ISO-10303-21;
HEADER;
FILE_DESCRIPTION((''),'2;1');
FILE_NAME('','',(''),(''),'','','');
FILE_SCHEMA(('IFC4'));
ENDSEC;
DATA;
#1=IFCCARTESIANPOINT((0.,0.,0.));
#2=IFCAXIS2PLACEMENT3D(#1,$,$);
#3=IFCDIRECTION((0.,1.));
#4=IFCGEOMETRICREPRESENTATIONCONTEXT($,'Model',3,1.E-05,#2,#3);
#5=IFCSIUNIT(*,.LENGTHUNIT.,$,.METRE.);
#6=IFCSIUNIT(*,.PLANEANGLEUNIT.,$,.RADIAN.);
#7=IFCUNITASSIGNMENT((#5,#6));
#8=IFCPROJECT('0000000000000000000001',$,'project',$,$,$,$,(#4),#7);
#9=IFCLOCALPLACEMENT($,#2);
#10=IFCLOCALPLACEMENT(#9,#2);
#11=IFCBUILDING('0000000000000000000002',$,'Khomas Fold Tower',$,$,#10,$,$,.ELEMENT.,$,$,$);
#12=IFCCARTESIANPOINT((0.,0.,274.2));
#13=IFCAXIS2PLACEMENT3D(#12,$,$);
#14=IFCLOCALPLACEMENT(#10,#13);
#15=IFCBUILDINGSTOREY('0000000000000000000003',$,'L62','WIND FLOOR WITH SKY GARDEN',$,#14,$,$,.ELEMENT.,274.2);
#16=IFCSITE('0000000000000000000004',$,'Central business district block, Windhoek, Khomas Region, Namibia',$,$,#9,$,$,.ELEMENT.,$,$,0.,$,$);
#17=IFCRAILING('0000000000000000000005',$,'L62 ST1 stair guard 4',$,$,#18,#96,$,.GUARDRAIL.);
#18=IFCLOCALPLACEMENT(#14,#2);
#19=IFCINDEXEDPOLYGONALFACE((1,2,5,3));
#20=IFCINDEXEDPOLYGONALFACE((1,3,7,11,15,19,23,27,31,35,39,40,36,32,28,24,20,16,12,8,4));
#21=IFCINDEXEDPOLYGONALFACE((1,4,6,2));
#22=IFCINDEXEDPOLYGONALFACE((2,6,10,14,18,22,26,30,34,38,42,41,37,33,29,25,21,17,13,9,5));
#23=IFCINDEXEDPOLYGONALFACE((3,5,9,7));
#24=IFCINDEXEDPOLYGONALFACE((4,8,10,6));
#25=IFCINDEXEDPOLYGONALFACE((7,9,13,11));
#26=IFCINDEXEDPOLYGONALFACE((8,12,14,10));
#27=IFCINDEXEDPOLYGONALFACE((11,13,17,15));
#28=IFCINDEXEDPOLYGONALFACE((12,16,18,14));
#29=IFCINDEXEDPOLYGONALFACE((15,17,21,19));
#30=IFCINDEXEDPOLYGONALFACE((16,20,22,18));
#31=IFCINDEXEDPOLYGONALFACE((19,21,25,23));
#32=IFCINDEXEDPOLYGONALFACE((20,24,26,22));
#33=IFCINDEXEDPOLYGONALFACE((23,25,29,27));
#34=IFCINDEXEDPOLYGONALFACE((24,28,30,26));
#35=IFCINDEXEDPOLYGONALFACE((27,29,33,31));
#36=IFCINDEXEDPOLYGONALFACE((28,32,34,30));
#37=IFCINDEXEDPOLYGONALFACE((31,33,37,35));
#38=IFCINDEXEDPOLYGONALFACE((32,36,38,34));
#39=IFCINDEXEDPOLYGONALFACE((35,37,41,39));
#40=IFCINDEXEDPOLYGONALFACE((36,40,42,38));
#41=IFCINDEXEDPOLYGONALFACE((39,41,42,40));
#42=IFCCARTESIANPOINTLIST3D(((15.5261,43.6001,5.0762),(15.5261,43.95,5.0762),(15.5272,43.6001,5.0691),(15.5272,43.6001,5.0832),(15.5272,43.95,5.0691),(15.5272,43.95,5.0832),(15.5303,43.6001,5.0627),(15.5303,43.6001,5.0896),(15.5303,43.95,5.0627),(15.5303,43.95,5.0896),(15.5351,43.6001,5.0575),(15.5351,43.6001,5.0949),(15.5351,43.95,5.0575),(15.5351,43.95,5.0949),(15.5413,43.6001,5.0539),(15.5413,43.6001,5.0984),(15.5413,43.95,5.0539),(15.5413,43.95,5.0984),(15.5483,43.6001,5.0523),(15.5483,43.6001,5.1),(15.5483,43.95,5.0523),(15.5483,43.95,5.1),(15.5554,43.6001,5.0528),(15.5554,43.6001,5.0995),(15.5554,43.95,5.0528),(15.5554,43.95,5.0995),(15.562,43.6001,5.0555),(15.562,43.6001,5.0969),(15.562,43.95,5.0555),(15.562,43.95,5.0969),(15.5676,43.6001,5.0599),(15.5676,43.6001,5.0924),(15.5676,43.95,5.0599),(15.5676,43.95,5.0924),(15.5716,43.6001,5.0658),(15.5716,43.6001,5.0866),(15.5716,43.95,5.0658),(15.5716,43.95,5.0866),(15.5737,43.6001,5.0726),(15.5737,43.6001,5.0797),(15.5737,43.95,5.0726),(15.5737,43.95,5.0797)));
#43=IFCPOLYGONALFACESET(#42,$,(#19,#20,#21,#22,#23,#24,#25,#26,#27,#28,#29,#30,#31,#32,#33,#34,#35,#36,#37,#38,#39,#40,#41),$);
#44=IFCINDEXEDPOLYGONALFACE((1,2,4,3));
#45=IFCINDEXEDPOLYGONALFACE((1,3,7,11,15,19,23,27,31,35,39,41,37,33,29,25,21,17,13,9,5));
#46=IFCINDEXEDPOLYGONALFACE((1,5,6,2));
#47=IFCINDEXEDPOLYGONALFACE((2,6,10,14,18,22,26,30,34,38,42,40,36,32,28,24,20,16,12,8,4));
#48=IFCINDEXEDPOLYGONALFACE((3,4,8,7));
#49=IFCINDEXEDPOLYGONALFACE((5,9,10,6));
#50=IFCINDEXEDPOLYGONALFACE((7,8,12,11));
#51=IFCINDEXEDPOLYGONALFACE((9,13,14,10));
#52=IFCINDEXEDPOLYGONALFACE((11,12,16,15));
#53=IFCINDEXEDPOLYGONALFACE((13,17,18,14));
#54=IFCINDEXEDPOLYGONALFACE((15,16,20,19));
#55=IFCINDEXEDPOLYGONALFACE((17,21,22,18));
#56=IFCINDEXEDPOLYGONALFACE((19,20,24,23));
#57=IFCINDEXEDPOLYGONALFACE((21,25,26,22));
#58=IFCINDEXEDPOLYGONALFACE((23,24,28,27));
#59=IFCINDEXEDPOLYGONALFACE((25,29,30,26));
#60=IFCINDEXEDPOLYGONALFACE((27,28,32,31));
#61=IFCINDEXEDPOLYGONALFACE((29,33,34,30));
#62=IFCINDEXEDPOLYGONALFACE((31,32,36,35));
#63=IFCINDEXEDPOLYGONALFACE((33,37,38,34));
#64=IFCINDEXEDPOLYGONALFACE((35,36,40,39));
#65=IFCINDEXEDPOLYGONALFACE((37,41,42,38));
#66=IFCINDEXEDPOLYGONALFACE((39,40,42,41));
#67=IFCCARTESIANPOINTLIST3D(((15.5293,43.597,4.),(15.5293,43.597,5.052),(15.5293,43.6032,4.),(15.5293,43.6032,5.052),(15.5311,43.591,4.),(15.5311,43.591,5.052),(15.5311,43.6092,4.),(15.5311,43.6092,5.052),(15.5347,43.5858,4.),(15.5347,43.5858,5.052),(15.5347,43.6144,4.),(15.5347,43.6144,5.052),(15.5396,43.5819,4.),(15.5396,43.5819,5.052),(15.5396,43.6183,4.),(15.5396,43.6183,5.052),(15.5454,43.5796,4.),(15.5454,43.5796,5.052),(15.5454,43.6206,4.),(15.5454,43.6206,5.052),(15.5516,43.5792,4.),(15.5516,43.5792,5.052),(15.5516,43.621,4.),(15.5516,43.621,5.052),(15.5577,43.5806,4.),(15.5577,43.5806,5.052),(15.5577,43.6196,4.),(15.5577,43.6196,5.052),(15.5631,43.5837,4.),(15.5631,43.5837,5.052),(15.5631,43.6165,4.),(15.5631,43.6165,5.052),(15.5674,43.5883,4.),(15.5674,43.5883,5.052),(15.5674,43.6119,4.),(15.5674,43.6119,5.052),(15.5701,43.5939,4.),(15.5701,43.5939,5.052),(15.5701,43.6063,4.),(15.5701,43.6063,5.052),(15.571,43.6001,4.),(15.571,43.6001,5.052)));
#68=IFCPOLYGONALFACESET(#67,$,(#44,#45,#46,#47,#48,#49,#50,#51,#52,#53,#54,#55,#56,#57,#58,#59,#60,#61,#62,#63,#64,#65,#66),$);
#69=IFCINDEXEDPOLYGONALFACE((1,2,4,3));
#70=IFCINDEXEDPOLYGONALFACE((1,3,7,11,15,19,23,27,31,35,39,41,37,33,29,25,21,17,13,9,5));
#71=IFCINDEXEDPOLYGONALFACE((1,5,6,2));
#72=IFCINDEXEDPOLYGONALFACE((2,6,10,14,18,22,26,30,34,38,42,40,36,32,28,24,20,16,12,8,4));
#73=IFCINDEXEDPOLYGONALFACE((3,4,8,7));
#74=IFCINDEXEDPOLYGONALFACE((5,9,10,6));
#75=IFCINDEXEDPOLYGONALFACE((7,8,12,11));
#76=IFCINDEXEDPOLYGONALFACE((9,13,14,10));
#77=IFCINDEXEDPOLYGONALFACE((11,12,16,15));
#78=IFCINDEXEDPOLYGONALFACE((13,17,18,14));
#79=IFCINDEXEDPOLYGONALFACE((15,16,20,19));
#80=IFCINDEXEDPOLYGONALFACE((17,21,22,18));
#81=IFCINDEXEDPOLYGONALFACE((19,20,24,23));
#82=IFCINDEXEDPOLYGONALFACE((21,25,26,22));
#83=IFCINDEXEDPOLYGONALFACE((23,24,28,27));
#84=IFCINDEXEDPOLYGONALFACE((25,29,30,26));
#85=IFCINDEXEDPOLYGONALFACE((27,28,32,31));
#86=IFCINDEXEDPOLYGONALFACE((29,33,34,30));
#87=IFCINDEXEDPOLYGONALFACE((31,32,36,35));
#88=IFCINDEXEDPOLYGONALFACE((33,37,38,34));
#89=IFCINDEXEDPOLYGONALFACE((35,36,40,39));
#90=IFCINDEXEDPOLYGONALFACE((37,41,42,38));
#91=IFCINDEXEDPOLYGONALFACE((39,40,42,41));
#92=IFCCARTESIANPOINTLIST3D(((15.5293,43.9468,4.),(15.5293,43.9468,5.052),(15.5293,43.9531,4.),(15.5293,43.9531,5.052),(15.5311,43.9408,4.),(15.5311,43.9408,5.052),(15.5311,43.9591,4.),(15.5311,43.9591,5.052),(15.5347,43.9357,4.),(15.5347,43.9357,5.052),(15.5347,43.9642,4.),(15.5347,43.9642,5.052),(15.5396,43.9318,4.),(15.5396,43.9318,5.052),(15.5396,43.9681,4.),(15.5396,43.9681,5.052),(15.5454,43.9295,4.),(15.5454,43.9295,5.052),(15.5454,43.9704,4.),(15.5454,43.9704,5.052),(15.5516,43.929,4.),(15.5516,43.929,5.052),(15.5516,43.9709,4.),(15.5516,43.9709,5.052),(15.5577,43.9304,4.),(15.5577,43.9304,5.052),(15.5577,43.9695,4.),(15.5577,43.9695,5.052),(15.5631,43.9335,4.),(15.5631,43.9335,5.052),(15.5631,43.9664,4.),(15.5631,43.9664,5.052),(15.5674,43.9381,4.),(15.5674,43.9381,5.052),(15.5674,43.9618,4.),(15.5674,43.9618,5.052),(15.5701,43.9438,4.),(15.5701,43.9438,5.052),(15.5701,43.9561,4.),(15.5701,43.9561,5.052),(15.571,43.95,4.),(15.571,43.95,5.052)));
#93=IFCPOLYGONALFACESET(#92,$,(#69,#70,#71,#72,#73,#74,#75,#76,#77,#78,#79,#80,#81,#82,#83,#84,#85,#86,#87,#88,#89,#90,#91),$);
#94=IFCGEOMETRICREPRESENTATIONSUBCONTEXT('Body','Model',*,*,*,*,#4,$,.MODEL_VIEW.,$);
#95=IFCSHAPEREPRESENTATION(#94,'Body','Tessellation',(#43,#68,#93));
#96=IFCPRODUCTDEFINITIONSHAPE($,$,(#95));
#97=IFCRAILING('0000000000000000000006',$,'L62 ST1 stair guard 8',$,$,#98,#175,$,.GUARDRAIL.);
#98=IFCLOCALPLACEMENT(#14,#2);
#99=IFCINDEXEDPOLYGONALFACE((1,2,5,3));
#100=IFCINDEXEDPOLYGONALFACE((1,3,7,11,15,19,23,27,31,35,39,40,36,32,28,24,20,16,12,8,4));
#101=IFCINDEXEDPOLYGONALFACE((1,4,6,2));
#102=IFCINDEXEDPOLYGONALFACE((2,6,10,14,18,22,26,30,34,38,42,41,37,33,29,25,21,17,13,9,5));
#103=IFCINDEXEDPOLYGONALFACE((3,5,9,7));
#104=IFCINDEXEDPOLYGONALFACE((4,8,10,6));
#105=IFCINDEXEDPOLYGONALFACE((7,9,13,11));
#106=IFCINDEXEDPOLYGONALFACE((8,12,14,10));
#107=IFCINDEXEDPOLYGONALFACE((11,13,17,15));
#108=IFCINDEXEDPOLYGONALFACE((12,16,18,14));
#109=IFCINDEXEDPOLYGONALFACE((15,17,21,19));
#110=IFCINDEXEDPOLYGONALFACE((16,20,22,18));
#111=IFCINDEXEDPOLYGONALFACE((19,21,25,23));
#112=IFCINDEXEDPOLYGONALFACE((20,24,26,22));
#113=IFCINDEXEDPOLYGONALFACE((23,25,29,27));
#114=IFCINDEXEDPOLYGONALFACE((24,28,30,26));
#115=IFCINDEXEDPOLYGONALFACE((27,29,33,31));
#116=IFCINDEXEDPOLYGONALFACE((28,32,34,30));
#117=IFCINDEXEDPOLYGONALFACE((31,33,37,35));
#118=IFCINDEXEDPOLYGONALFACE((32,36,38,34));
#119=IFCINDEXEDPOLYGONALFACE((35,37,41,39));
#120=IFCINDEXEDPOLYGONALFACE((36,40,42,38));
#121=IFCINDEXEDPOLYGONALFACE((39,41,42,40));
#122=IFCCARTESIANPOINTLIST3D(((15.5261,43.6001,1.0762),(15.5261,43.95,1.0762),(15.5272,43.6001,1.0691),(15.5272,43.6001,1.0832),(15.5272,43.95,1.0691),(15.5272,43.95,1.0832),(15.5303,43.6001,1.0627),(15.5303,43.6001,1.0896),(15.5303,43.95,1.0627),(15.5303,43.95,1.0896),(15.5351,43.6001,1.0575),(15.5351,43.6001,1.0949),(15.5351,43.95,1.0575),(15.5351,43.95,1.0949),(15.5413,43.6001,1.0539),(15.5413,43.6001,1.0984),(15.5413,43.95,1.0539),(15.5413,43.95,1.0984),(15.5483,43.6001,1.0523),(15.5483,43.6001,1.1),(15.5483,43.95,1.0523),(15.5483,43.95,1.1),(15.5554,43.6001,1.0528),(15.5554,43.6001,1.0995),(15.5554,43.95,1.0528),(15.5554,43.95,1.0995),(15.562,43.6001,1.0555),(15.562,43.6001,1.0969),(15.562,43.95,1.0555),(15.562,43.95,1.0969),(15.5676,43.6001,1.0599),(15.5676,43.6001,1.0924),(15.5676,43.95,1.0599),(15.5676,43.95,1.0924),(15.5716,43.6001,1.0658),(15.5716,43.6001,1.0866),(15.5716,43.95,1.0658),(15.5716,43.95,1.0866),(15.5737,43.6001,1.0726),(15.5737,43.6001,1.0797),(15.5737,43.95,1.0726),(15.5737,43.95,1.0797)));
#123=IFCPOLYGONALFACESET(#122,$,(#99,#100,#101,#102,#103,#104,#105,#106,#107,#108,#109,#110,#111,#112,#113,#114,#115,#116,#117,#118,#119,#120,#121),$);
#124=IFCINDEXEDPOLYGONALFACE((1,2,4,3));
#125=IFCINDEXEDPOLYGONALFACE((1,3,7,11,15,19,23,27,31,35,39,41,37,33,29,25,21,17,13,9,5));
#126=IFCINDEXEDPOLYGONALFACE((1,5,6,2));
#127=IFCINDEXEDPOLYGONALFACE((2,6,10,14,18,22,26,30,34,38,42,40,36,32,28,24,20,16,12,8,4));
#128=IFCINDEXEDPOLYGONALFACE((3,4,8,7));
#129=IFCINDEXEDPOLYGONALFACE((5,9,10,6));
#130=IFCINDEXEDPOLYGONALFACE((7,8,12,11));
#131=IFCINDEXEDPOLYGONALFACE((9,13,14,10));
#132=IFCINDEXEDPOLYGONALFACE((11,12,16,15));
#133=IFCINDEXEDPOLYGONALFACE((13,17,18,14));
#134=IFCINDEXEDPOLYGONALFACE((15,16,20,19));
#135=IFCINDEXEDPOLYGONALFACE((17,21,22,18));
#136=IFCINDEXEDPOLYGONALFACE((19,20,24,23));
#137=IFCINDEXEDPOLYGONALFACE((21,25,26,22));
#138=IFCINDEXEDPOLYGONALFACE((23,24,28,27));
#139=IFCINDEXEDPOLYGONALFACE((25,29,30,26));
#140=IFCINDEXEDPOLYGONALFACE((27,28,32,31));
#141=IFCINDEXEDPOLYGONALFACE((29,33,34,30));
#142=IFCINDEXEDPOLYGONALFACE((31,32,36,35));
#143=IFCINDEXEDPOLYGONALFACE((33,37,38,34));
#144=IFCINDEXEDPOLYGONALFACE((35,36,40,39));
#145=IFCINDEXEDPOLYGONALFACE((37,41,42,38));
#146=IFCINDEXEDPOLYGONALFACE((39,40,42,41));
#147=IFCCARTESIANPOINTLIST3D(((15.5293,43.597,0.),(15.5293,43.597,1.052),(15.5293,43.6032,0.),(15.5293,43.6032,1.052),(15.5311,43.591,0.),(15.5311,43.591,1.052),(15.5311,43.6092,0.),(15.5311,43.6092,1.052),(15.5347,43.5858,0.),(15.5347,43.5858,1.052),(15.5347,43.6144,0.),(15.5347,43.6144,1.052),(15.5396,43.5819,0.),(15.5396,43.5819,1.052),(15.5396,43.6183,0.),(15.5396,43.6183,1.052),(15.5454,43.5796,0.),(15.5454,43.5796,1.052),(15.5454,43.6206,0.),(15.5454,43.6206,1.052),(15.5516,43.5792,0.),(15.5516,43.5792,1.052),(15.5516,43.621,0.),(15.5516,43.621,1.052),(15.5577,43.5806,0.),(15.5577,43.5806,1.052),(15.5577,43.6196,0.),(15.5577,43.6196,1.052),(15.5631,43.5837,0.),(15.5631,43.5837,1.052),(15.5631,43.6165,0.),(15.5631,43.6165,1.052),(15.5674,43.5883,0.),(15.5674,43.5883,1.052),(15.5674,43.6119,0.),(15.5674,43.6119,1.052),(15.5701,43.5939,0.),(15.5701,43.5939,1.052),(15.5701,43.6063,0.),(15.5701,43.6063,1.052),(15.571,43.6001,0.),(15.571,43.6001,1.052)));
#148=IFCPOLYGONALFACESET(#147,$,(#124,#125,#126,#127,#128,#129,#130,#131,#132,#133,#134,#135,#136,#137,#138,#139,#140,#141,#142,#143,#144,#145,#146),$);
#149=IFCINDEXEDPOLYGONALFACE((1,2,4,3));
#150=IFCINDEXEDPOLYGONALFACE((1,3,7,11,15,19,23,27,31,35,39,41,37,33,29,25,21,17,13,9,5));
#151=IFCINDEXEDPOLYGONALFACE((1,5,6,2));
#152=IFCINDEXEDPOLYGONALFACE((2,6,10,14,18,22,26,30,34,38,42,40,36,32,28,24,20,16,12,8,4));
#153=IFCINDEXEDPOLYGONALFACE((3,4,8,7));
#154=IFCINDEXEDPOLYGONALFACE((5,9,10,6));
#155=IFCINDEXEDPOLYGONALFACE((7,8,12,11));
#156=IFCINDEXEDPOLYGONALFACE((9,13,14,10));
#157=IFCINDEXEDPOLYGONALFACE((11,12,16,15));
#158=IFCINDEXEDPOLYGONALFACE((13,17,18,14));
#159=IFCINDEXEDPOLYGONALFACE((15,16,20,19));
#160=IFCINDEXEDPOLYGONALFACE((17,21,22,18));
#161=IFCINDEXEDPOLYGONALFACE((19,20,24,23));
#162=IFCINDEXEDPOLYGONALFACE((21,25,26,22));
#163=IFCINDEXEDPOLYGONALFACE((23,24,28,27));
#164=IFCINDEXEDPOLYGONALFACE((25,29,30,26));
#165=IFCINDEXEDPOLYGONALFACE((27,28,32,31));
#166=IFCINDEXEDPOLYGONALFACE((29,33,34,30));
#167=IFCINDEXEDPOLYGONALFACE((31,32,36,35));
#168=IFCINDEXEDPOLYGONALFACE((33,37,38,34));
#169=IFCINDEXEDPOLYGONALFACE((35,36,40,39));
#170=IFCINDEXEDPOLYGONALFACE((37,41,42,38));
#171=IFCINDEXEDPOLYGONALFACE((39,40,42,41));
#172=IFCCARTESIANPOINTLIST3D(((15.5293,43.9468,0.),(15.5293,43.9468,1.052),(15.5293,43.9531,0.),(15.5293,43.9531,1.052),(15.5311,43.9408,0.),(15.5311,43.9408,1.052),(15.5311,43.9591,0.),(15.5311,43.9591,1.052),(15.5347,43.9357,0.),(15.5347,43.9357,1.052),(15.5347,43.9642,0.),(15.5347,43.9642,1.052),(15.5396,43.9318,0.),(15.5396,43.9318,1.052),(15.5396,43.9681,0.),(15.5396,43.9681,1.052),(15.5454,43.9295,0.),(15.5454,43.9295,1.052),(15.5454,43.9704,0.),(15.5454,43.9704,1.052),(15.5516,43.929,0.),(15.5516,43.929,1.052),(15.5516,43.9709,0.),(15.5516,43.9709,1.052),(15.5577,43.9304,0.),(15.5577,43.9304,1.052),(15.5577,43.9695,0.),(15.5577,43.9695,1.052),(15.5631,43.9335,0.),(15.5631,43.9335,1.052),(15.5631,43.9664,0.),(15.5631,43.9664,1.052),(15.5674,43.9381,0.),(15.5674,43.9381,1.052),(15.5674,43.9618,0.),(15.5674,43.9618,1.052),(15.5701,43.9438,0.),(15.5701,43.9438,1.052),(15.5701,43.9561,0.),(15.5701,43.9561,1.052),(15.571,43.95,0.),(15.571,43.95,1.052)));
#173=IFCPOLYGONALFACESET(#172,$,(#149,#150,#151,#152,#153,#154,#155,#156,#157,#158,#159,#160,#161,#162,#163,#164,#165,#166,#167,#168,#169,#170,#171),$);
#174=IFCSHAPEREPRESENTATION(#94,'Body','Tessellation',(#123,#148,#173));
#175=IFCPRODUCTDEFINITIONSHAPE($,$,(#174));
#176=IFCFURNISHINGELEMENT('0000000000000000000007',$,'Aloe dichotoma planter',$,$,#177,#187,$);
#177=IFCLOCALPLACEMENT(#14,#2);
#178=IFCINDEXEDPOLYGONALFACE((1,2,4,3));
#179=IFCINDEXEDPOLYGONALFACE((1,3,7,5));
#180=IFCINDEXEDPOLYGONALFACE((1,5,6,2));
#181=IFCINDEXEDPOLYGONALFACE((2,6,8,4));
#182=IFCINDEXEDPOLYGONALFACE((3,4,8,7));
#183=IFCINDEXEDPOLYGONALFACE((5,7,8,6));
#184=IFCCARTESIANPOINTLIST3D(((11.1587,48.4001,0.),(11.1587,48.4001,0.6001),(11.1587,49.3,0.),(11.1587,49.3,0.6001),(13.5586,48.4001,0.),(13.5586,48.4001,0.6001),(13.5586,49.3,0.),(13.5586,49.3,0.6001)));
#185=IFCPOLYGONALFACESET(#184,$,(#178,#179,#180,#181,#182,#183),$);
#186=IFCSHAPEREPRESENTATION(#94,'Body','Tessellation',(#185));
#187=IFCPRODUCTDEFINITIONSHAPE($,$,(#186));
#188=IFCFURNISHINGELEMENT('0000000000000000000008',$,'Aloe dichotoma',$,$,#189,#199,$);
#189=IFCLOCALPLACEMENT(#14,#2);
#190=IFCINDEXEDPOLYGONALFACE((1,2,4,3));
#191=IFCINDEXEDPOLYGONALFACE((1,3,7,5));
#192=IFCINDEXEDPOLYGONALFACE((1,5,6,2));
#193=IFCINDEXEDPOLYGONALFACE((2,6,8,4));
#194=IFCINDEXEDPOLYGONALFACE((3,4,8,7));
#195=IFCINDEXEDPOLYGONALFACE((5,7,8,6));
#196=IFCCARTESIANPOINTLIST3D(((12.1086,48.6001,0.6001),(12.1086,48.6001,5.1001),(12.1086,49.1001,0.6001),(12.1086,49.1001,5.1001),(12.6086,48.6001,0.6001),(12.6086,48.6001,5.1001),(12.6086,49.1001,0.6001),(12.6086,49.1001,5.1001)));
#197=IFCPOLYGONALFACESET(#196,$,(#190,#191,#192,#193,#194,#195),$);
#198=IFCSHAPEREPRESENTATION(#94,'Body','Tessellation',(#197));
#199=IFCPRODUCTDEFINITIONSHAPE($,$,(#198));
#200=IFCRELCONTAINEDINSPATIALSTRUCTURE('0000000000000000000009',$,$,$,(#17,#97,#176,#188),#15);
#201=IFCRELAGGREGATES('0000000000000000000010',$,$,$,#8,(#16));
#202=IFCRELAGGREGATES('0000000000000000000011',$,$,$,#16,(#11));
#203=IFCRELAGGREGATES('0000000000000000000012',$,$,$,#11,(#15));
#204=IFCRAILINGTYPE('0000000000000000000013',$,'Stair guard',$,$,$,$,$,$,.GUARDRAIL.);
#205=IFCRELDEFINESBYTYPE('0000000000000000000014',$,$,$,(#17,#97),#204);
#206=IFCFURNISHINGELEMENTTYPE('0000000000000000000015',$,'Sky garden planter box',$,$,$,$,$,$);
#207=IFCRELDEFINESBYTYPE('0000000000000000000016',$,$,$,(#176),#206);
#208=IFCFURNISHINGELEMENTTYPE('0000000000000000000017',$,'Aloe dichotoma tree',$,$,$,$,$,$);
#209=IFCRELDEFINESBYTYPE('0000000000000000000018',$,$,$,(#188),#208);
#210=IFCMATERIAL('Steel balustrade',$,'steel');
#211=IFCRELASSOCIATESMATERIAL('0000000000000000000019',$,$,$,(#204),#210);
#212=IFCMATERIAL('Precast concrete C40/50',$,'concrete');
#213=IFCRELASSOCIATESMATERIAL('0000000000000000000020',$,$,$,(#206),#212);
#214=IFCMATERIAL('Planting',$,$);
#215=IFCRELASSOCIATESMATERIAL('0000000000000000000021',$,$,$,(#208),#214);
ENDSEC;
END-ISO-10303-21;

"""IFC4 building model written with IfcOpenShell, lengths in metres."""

from ifc_helpers import new_model, si_unit, direction, frame, origin, origin_2d, place, context, subcontext, project, spatial, rectangle, circle, extrude, source, transform, mapped, material, type_object, element, save


model = new_model("IFC4")

# Units and contexts
model_context = context("Model", 3, precision=1e-05, world=origin(), true_north=direction((0.0, 1.0)))
body_context = subcontext(model_context, "Body", "Model", "MODEL_VIEW")
ifc_project = project(units=[si_unit("LENGTHUNIT", "METRE"), si_unit("PLANEANGLEUNIT", "RADIAN")], contexts=[model_context])

# Site, building, storey
site_placement = place(None, origin())
site = spatial("IfcSite", under=ifc_project, at=site_placement, Name="Central business district block, Windhoek, Khomas Region, Namibia", CompositionType="ELEMENT", RefElevation=0.0)
building_placement = place(site_placement, origin())
building = spatial("IfcBuilding", under=site, at=building_placement, Name="Khomas Fold Tower", CompositionType="ELEMENT")
storey_placement = place(building_placement, frame((0.0, 0.0, 274.2)))
storey = spatial("IfcBuildingStorey", under=building, at=storey_placement, Name="L62", Description="WIND FLOOR WITH SKY GARDEN", CompositionType="ELEMENT", Elevation=274.2)

# Railings
ifc_material_1 = material(Name="Steel balustrade", Category="steel")
railing_type_1 = type_object("IfcRailingType", Name="Stair guard", PredefinedType="GUARDRAIL", material=ifc_material_1)
shared_shape_1 = source(origin(), body_context, "Body", "SweptSolid", [
    extrude(circle(Radius=0.0239, at=origin_2d()), frame((0.0, 0.0, 1.0762), z_axis=(0.0, 1.0, 0.0), x_axis=(-1.0, 0.0, 0.0)), (0.0, 0.0, 1.0), 0.3499),
    extrude(circle(Radius=0.021, at=origin_2d()), origin(), (0.0, 0.0, 1.0), 1.052),
    extrude(circle(Radius=0.021, at=origin_2d()), frame((0.0, 0.3499, 0.0)), (0.0, 0.0, 1.0), 1.052),
])
for number, where, name in (
    (1, (15.55, 43.6001, 4.0), "L62 ST1 stair guard 4"),
    (2, (15.55, 43.6001, 0.0), "L62 ST1 stair guard 8"),
):
    element("IfcRailing", number, at=place(storey_placement, frame(where)), inside=storey, type_object=railing_type_1, Name=name, PredefinedType="GUARDRAIL", context=body_context, shape_type="MappedRepresentation", body=[
        mapped(shared_shape_1, transform((0.0, 0.0, 0.0))),
    ])

# Furnishing elements
ifc_material_2 = material(Name="Precast concrete C40/50", Category="concrete")
furnishing_element_type_1 = type_object("IfcFurnishingElementType", Name="Sky garden planter box", material=ifc_material_2)
shared_shape_2 = source(origin(), body_context, "Body", "SweptSolid", [
    extrude(rectangle(XDim=2.3999, YDim=0.8999, at=origin_2d()), origin(), (0.0, 0.0, 1.0), 0.6001),
])
furnishing_1_placement = place(storey_placement, frame((12.3586, 48.8501, 0.0), z_axis=(0.0, 0.0, 1.0), x_axis=(1.0, 0.0, 0.0)))
element("IfcFurnishingElement", 3, at=furnishing_1_placement, inside=storey, type_object=furnishing_element_type_1, Name="Aloe dichotoma planter", context=body_context, shape_type="MappedRepresentation", body=[
    mapped(shared_shape_2, transform((0.0, 0.0, 0.0))),
])
ifc_material_3 = material(Name="Planting")
furnishing_element_type_2 = type_object("IfcFurnishingElementType", Name="Aloe dichotoma tree", material=ifc_material_3)
shared_shape_3 = source(origin(), body_context, "Body", "SweptSolid", [
    extrude(rectangle(XDim=0.5, YDim=0.5, at=origin_2d()), origin(), (0.0, 0.0, 1.0), 4.5),
])
furnishing_2_placement = place(storey_placement, frame((12.3586, 48.8501, 0.6001), z_axis=(0.0, 0.0, 1.0), x_axis=(1.0, 0.0, 0.0)))
element("IfcFurnishingElement", 4, at=furnishing_2_placement, inside=storey, type_object=furnishing_element_type_2, Name="Aloe dichotoma", context=body_context, shape_type="MappedRepresentation", body=[
    mapped(shared_shape_3, transform((0.0, 0.0, 0.0))),
])

save(model, "model.ifc")
